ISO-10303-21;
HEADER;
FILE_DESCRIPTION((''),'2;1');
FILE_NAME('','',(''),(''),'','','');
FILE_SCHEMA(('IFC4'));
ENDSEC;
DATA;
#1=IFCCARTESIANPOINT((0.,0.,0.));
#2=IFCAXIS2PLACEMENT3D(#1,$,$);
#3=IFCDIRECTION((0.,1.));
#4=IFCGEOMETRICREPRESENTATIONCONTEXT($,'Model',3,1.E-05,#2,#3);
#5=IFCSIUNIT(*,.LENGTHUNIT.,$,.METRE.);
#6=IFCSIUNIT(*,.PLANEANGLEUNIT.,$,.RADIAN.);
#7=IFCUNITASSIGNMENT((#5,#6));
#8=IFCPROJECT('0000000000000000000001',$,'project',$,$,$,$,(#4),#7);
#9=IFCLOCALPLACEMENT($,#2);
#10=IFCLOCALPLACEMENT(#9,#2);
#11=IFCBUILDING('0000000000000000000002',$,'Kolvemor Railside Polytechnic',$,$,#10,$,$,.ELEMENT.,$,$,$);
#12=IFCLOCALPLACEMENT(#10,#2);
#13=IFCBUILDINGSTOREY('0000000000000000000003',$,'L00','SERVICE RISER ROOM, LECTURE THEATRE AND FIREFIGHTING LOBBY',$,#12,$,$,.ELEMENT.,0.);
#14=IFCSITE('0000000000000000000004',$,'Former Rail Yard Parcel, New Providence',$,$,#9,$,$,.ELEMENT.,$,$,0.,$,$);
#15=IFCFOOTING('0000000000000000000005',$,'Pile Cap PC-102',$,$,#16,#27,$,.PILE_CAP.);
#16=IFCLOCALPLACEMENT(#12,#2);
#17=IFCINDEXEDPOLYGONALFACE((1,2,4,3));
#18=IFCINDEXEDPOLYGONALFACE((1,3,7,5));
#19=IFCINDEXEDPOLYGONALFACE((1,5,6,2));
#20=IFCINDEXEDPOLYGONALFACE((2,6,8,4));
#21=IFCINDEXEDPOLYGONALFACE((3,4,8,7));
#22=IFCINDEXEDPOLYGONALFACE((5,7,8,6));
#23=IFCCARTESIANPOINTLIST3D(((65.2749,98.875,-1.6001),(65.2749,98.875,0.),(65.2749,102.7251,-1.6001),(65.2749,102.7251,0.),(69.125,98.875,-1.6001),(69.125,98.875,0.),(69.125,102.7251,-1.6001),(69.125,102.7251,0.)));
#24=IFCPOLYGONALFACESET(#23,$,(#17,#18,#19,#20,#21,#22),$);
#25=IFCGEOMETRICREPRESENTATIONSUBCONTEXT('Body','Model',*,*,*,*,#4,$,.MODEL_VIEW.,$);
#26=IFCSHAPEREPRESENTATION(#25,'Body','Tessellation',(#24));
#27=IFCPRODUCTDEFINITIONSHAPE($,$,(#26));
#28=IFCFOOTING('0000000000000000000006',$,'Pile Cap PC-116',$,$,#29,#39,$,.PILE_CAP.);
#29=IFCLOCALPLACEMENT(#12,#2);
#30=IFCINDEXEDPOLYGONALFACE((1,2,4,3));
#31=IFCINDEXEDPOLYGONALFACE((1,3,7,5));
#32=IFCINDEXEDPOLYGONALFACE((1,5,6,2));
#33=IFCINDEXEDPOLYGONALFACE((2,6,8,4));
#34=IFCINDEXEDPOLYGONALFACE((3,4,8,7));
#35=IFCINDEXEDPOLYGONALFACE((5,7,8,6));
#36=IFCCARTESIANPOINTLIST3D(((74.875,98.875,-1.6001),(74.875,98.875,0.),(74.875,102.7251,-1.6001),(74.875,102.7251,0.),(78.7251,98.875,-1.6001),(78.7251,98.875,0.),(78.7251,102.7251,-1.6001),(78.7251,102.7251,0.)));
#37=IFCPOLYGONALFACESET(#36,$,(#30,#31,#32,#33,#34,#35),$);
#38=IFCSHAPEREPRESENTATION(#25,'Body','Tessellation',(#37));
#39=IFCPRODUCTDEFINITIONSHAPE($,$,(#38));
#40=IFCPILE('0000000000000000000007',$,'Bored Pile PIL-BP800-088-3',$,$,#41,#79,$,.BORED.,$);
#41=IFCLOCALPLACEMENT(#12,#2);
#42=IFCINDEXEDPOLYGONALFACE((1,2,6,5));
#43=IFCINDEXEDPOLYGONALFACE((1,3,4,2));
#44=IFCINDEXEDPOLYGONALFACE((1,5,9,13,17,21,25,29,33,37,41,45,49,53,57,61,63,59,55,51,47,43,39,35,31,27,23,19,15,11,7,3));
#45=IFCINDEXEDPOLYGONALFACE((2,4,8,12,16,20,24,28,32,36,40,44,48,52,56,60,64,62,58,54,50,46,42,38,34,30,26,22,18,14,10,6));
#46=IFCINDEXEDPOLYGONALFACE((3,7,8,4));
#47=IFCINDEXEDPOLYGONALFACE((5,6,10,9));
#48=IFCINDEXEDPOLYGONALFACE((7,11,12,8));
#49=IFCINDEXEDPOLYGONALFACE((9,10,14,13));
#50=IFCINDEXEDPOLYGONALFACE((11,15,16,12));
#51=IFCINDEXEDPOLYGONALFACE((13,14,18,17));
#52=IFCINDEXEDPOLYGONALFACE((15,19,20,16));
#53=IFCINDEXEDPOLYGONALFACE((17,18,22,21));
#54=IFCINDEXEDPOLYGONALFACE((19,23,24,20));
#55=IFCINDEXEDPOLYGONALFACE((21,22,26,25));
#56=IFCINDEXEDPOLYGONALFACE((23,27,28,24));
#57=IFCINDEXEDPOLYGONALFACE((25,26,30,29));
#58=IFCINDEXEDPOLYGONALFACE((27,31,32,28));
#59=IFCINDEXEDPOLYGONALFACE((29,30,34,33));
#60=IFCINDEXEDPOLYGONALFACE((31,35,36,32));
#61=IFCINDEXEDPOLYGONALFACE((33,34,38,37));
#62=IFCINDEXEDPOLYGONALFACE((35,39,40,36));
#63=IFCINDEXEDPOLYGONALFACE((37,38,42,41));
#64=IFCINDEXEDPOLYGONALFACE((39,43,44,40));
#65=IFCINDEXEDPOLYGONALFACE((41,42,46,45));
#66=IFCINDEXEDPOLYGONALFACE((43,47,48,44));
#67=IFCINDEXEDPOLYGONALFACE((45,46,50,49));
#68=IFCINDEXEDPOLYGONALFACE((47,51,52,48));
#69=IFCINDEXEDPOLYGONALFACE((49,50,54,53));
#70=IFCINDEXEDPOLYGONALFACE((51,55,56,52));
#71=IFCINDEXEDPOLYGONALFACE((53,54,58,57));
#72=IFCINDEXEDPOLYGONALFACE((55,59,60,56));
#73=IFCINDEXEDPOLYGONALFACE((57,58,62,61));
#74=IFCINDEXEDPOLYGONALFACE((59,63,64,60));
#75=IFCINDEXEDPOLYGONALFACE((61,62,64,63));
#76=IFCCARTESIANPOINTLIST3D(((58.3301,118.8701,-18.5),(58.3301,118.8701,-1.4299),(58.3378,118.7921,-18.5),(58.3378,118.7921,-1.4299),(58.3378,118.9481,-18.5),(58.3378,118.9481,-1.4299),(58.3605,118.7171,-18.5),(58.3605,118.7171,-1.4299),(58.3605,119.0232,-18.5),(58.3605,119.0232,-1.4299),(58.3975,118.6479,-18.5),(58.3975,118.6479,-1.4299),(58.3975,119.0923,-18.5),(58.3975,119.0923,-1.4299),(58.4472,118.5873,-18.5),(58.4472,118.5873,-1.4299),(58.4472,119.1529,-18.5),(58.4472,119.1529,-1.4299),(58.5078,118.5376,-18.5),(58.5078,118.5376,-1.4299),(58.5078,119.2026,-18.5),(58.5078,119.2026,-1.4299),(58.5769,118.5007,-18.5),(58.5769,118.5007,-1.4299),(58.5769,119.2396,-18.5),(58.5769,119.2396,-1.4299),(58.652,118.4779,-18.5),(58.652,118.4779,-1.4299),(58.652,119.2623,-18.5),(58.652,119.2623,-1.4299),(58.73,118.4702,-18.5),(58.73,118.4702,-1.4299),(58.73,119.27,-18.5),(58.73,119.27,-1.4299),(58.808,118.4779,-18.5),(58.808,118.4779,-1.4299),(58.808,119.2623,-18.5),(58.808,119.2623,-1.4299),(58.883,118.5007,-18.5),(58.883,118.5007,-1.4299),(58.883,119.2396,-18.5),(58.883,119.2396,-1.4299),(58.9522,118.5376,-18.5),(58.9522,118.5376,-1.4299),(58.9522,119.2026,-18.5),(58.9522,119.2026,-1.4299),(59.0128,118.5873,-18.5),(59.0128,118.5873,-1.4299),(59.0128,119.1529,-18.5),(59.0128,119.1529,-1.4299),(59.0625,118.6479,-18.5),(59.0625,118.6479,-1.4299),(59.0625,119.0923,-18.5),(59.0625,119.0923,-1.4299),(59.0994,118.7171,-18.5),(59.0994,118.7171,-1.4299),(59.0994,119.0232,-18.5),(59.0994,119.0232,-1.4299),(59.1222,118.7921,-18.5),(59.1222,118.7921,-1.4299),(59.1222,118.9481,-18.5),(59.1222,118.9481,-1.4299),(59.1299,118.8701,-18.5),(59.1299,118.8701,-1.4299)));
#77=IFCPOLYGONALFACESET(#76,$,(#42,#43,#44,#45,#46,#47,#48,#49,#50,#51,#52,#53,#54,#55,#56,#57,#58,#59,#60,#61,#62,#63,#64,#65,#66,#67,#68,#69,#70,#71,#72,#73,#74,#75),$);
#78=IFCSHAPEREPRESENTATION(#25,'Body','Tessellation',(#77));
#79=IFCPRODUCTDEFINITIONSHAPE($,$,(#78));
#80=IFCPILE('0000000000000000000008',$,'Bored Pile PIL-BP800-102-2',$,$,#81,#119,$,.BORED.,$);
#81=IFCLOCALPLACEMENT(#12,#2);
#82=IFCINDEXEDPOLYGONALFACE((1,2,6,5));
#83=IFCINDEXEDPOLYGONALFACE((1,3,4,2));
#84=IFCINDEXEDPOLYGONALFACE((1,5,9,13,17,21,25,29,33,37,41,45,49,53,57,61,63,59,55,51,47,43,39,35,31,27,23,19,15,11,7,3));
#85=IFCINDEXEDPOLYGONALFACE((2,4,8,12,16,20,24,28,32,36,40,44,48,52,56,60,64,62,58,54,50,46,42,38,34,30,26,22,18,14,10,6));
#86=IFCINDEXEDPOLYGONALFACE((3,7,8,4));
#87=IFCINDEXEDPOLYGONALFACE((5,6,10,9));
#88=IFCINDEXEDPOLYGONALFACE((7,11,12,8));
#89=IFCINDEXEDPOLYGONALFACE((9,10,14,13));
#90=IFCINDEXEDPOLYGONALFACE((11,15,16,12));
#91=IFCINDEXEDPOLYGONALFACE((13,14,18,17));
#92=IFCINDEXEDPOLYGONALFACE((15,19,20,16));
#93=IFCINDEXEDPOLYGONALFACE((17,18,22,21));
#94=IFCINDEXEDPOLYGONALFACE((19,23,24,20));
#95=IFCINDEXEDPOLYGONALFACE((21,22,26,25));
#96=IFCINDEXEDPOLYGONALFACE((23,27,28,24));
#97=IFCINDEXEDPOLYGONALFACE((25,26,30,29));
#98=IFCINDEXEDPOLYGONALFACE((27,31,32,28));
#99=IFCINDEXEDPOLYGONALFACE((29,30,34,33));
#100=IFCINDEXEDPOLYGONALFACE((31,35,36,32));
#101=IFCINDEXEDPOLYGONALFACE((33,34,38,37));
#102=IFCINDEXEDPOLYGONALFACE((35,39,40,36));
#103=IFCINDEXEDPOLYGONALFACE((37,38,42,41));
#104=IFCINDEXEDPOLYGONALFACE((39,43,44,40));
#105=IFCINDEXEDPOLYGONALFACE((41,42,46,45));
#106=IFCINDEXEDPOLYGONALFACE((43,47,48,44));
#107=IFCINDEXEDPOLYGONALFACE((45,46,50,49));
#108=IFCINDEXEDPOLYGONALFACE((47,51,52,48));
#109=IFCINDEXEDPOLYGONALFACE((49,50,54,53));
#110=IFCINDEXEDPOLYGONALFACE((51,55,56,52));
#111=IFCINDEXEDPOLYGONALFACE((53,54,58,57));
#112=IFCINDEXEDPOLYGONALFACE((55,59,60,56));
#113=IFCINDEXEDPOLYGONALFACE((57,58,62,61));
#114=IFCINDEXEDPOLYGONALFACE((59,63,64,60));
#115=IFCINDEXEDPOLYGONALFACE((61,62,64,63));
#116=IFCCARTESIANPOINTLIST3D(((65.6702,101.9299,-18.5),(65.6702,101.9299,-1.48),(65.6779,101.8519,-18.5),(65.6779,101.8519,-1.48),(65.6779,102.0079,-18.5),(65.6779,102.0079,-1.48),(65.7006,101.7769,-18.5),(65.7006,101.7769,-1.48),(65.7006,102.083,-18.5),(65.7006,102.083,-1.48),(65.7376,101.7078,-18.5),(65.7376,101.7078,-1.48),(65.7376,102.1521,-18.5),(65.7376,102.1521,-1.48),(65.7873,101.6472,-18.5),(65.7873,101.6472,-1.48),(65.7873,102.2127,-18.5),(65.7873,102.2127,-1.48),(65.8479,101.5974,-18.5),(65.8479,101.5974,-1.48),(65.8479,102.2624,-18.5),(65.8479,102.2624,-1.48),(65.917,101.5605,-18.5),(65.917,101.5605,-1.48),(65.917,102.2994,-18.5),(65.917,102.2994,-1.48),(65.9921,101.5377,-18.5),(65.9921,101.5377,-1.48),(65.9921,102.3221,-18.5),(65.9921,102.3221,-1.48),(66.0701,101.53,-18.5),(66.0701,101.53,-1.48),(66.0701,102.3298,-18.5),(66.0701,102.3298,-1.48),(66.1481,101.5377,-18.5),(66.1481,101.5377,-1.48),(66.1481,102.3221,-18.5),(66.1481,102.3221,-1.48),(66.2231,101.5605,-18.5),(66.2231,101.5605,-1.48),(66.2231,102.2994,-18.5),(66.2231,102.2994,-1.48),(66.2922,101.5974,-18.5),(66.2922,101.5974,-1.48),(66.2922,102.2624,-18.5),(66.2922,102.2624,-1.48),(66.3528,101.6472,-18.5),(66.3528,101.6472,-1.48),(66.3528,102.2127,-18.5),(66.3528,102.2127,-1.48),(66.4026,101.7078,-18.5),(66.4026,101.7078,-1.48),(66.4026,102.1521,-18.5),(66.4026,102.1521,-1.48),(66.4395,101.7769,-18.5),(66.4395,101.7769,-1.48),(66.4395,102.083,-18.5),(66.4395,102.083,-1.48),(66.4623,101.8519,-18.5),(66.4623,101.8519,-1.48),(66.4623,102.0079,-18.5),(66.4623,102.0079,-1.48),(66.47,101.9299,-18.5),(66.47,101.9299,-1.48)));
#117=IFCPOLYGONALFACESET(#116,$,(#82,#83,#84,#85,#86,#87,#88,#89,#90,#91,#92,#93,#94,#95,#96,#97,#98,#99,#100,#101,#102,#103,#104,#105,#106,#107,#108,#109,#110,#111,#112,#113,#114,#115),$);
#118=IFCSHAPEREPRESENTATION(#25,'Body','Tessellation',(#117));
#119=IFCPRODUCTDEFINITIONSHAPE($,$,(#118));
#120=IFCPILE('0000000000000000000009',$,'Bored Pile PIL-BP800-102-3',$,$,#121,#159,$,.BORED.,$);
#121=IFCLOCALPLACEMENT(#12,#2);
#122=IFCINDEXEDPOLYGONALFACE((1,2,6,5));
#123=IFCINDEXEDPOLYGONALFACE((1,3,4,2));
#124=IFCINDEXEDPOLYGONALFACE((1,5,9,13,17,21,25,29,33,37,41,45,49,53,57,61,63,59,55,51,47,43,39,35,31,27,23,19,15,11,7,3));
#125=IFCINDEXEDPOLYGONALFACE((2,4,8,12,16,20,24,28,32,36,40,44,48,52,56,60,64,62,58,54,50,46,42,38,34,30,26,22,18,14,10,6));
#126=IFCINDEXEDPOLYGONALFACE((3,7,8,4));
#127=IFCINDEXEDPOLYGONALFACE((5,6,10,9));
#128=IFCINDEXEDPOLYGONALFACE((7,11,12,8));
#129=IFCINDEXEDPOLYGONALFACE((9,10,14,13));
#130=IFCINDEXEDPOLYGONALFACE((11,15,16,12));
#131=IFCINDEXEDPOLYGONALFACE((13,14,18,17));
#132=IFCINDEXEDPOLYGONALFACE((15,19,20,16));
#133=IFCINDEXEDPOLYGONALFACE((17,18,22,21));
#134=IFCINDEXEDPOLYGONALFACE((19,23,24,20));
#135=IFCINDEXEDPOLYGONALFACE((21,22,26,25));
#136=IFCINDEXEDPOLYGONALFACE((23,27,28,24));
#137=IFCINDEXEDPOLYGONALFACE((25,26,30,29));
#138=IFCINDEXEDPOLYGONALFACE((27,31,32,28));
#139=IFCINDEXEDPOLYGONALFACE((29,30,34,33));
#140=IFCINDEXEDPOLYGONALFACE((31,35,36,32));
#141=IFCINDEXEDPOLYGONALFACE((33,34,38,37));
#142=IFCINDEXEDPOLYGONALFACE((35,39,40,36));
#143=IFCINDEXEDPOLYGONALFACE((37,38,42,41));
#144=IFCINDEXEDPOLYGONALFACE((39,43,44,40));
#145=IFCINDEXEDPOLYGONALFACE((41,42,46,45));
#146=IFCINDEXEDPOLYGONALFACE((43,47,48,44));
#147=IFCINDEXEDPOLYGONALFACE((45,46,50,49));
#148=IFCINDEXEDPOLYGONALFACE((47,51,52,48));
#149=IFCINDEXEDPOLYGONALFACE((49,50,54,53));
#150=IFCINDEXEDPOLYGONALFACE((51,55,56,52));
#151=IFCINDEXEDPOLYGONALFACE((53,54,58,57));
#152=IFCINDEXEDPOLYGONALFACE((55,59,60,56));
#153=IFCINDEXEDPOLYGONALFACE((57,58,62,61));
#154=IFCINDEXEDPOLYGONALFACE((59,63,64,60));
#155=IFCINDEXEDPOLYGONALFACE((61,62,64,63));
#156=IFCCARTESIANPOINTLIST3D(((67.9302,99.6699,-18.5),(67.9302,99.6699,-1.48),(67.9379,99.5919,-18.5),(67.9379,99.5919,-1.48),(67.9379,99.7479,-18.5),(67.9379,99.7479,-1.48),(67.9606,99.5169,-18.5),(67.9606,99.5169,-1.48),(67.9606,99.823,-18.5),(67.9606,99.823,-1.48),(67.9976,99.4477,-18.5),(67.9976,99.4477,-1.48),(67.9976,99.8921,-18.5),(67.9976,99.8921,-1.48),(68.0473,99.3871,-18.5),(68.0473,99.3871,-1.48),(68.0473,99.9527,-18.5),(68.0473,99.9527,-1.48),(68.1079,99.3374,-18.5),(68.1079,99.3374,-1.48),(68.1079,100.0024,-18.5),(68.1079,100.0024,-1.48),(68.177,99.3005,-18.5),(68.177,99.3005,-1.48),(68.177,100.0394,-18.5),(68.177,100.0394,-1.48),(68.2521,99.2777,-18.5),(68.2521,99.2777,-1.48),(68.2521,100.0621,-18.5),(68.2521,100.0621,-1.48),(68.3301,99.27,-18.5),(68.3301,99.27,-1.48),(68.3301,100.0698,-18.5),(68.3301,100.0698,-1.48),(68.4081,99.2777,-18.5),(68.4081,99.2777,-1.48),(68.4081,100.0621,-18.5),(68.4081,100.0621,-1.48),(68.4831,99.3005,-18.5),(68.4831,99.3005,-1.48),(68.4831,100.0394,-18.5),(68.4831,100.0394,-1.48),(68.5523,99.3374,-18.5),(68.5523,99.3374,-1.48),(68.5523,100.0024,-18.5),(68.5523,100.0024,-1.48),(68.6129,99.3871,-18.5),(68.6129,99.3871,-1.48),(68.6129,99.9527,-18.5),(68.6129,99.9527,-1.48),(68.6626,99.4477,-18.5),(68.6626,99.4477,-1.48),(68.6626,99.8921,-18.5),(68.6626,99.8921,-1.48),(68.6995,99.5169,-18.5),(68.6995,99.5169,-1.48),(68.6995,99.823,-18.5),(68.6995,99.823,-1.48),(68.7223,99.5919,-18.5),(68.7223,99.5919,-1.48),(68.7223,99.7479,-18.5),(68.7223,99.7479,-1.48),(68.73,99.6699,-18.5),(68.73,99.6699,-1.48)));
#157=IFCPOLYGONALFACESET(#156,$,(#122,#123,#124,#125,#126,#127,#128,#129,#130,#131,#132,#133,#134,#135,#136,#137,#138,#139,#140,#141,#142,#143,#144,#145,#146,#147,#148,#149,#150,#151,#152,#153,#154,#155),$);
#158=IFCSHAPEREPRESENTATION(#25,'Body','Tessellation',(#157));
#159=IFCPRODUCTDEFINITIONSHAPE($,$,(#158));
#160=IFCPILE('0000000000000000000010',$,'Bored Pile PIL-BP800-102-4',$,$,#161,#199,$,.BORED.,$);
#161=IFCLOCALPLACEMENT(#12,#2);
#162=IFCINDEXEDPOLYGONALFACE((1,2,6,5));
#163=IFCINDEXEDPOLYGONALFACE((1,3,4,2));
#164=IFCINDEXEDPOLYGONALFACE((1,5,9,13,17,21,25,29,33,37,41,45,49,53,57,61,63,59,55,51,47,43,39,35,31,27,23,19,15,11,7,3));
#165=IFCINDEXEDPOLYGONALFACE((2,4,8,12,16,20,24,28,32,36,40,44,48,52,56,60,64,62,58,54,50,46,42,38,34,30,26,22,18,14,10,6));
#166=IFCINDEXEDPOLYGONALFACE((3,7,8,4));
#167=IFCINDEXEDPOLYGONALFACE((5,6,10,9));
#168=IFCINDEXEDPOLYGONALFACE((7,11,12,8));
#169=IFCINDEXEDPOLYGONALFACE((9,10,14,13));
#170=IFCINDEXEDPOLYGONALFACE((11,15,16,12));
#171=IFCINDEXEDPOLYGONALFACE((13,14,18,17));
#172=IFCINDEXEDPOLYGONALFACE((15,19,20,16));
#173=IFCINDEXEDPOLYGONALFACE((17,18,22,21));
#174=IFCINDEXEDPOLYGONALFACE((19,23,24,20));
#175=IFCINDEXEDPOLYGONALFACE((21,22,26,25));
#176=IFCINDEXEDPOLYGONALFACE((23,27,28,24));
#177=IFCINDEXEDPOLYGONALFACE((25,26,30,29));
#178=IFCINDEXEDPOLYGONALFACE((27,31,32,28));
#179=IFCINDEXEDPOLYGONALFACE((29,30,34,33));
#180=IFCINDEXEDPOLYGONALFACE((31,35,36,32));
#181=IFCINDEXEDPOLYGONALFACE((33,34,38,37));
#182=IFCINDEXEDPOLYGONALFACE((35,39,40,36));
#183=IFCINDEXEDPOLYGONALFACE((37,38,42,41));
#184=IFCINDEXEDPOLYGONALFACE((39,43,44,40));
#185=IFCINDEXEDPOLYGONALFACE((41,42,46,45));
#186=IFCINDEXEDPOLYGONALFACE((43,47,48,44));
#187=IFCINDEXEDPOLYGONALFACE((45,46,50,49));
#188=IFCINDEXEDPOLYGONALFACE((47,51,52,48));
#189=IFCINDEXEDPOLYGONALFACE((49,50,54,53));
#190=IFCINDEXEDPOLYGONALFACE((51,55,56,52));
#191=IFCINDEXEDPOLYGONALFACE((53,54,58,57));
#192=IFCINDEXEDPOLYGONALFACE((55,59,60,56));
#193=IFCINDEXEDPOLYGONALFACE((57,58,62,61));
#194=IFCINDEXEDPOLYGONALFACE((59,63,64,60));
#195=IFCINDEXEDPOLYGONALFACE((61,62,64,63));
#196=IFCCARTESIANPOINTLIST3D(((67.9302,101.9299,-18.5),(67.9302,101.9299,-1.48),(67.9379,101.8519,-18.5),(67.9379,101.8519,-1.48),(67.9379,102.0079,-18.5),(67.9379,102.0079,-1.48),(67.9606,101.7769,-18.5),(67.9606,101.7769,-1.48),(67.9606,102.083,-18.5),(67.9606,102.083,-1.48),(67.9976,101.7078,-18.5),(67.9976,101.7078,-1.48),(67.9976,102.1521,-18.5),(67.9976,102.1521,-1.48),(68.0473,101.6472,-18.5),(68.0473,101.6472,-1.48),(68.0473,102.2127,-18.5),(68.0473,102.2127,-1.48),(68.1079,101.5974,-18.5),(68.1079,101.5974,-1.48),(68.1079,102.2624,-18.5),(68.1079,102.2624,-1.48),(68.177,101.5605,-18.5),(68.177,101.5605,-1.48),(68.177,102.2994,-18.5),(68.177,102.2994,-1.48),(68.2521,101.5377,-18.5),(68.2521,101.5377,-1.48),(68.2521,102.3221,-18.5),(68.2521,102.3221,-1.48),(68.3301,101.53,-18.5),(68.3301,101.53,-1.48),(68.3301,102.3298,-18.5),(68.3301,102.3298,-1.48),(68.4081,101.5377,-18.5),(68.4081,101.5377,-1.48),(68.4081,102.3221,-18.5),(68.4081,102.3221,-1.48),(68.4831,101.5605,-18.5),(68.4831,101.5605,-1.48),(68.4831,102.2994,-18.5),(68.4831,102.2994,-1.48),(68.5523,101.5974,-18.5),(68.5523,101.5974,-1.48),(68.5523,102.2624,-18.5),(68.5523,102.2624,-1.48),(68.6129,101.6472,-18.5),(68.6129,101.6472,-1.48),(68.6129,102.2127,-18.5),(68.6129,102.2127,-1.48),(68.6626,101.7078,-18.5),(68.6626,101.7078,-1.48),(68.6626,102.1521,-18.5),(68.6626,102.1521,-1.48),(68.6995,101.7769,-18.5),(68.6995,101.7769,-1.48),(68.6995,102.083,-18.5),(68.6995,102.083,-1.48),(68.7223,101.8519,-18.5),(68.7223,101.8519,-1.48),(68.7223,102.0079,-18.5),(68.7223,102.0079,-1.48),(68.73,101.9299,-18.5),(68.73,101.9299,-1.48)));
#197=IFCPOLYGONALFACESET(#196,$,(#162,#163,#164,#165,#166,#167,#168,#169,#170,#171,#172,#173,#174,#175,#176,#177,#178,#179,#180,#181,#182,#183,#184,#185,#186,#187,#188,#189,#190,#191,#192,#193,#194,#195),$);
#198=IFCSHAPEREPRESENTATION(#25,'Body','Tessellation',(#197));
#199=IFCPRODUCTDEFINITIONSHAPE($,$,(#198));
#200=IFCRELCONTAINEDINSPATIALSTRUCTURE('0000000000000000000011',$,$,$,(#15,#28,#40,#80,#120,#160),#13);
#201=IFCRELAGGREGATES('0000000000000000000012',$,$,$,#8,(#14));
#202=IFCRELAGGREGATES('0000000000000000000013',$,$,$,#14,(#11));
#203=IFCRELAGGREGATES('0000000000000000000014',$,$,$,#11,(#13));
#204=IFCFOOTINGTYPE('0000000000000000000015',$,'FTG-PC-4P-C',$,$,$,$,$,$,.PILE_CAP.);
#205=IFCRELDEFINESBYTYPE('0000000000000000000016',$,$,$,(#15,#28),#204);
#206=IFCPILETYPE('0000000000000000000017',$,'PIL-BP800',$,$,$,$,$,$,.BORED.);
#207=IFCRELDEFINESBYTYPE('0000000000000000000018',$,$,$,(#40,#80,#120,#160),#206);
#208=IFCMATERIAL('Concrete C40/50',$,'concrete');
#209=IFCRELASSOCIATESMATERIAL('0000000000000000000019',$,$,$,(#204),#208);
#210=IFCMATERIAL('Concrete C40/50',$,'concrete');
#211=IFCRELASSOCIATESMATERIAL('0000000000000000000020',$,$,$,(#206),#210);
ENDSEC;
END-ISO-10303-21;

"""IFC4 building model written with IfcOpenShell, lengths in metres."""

from ifc_helpers import new_model, si_unit, direction, frame, origin, origin_2d, place, context, subcontext, project, spatial, rectangle, circle, extrude, material, material_profile, profile_set, type_object, element, save


model = new_model("IFC4")

# Units and contexts
model_context = context("Model", 3, precision=1e-05, world=origin(), true_north=direction((0.0, 1.0)))
body_context = subcontext(model_context, "Body", "Model", "MODEL_VIEW")
ifc_project = project(units=[si_unit("LENGTHUNIT", "METRE"), si_unit("PLANEANGLEUNIT", "RADIAN")], contexts=[model_context])

# Site, building, storey
site_placement = place(None, origin())
site = spatial("IfcSite", under=ifc_project, at=site_placement, Name="Former Rail Yard Parcel, New Providence", CompositionType="ELEMENT", RefElevation=0.0)
building_placement = place(site_placement, origin())
building = spatial("IfcBuilding", under=site, at=building_placement, Name="Kolvemor Railside Polytechnic", CompositionType="ELEMENT")
storey_placement = place(building_placement, origin())
storey = spatial("IfcBuildingStorey", under=building, at=storey_placement, Name="L00", Description="SERVICE RISER ROOM, LECTURE THEATRE AND FIREFIGHTING LOBBY", CompositionType="ELEMENT", Elevation=0.0)

# Footings
ifc_material_1 = material(Name="Concrete C40/50", Category="concrete")
footing_type = type_object("IfcFootingType", Name="FTG-PC-4P-C", PredefinedType="PILE_CAP", material=ifc_material_1)
for number, where, z_axis, x_axis, name in (
    (1, (67.2, 100.8, -1.6001), (0.0, 0.0, 1.0), (1.0, 0.0, 0.0), "Pile Cap PC-102"),
    (2, (76.8, 100.8, -1.6001), (0.0, 0.0, 1.0), (1.0, 0.0, 0.0), "Pile Cap PC-116"),
):
    element("IfcFooting", number, at=place(storey_placement, frame(where, z_axis=z_axis, x_axis=x_axis)), inside=storey, type_object=footing_type, Name=name, PredefinedType="PILE_CAP", context=body_context, shape_type="SweptSolid", body=[
        extrude(rectangle(XDim=3.8501, YDim=3.8501, at=origin_2d()), origin(), (0.0, 0.0, 1.0), 1.6001),
    ])

# Piles
ifc_material_2 = material(Name="Concrete C40/50", Category="concrete")
ifc_material_profile_1 = material_profile(ifc_material_2, circle(Radius=0.3999, at=origin_2d()), Name="BP800")
ifc_profile_set_1 = profile_set([ifc_material_profile_1], Name="Concrete C40/50")
pile_type_1 = type_object("IfcPileType", Name="PIL-BP800", PredefinedType="BORED", material=ifc_profile_set_1)
pile_1_placement = place(storey_placement, frame((58.73, 118.8701, -1.4299), z_axis=(0.0, 0.0, -1.0), x_axis=(1.0, 0.0, 0.0)))
element("IfcPile", 3, at=pile_1_placement, inside=storey, type_object=pile_type_1, Name="Bored Pile PIL-BP800-088-3", PredefinedType="BORED", context=body_context, shape_type="SweptSolid", body=[
    extrude(circle(Radius=0.3999, at=origin_2d()), origin(), (0.0, 0.0, 1.0), 17.0701),
])
for number, where, z_axis, x_axis, name in (
    (4, (66.0701, 101.9299, -1.48), (0.0, 0.0, -1.0), (1.0, 0.0, 0.0), "Bored Pile PIL-BP800-102-2"),
    (5, (68.3301, 99.6699, -1.48), (0.0, 0.0, -1.0), (1.0, 0.0, 0.0), "Bored Pile PIL-BP800-102-3"),
    (6, (68.3301, 101.9299, -1.48), (0.0, 0.0, -1.0), (1.0, 0.0, 0.0), "Bored Pile PIL-BP800-102-4"),
):
    element("IfcPile", number, at=place(storey_placement, frame(where, z_axis=z_axis, x_axis=x_axis)), inside=storey, type_object=pile_type_1, Name=name, PredefinedType="BORED", context=body_context, shape_type="SweptSolid", body=[
        extrude(circle(Radius=0.3999, at=origin_2d()), origin(), (0.0, 0.0, 1.0), 17.02),
    ])

save(model, "model.ifc")
